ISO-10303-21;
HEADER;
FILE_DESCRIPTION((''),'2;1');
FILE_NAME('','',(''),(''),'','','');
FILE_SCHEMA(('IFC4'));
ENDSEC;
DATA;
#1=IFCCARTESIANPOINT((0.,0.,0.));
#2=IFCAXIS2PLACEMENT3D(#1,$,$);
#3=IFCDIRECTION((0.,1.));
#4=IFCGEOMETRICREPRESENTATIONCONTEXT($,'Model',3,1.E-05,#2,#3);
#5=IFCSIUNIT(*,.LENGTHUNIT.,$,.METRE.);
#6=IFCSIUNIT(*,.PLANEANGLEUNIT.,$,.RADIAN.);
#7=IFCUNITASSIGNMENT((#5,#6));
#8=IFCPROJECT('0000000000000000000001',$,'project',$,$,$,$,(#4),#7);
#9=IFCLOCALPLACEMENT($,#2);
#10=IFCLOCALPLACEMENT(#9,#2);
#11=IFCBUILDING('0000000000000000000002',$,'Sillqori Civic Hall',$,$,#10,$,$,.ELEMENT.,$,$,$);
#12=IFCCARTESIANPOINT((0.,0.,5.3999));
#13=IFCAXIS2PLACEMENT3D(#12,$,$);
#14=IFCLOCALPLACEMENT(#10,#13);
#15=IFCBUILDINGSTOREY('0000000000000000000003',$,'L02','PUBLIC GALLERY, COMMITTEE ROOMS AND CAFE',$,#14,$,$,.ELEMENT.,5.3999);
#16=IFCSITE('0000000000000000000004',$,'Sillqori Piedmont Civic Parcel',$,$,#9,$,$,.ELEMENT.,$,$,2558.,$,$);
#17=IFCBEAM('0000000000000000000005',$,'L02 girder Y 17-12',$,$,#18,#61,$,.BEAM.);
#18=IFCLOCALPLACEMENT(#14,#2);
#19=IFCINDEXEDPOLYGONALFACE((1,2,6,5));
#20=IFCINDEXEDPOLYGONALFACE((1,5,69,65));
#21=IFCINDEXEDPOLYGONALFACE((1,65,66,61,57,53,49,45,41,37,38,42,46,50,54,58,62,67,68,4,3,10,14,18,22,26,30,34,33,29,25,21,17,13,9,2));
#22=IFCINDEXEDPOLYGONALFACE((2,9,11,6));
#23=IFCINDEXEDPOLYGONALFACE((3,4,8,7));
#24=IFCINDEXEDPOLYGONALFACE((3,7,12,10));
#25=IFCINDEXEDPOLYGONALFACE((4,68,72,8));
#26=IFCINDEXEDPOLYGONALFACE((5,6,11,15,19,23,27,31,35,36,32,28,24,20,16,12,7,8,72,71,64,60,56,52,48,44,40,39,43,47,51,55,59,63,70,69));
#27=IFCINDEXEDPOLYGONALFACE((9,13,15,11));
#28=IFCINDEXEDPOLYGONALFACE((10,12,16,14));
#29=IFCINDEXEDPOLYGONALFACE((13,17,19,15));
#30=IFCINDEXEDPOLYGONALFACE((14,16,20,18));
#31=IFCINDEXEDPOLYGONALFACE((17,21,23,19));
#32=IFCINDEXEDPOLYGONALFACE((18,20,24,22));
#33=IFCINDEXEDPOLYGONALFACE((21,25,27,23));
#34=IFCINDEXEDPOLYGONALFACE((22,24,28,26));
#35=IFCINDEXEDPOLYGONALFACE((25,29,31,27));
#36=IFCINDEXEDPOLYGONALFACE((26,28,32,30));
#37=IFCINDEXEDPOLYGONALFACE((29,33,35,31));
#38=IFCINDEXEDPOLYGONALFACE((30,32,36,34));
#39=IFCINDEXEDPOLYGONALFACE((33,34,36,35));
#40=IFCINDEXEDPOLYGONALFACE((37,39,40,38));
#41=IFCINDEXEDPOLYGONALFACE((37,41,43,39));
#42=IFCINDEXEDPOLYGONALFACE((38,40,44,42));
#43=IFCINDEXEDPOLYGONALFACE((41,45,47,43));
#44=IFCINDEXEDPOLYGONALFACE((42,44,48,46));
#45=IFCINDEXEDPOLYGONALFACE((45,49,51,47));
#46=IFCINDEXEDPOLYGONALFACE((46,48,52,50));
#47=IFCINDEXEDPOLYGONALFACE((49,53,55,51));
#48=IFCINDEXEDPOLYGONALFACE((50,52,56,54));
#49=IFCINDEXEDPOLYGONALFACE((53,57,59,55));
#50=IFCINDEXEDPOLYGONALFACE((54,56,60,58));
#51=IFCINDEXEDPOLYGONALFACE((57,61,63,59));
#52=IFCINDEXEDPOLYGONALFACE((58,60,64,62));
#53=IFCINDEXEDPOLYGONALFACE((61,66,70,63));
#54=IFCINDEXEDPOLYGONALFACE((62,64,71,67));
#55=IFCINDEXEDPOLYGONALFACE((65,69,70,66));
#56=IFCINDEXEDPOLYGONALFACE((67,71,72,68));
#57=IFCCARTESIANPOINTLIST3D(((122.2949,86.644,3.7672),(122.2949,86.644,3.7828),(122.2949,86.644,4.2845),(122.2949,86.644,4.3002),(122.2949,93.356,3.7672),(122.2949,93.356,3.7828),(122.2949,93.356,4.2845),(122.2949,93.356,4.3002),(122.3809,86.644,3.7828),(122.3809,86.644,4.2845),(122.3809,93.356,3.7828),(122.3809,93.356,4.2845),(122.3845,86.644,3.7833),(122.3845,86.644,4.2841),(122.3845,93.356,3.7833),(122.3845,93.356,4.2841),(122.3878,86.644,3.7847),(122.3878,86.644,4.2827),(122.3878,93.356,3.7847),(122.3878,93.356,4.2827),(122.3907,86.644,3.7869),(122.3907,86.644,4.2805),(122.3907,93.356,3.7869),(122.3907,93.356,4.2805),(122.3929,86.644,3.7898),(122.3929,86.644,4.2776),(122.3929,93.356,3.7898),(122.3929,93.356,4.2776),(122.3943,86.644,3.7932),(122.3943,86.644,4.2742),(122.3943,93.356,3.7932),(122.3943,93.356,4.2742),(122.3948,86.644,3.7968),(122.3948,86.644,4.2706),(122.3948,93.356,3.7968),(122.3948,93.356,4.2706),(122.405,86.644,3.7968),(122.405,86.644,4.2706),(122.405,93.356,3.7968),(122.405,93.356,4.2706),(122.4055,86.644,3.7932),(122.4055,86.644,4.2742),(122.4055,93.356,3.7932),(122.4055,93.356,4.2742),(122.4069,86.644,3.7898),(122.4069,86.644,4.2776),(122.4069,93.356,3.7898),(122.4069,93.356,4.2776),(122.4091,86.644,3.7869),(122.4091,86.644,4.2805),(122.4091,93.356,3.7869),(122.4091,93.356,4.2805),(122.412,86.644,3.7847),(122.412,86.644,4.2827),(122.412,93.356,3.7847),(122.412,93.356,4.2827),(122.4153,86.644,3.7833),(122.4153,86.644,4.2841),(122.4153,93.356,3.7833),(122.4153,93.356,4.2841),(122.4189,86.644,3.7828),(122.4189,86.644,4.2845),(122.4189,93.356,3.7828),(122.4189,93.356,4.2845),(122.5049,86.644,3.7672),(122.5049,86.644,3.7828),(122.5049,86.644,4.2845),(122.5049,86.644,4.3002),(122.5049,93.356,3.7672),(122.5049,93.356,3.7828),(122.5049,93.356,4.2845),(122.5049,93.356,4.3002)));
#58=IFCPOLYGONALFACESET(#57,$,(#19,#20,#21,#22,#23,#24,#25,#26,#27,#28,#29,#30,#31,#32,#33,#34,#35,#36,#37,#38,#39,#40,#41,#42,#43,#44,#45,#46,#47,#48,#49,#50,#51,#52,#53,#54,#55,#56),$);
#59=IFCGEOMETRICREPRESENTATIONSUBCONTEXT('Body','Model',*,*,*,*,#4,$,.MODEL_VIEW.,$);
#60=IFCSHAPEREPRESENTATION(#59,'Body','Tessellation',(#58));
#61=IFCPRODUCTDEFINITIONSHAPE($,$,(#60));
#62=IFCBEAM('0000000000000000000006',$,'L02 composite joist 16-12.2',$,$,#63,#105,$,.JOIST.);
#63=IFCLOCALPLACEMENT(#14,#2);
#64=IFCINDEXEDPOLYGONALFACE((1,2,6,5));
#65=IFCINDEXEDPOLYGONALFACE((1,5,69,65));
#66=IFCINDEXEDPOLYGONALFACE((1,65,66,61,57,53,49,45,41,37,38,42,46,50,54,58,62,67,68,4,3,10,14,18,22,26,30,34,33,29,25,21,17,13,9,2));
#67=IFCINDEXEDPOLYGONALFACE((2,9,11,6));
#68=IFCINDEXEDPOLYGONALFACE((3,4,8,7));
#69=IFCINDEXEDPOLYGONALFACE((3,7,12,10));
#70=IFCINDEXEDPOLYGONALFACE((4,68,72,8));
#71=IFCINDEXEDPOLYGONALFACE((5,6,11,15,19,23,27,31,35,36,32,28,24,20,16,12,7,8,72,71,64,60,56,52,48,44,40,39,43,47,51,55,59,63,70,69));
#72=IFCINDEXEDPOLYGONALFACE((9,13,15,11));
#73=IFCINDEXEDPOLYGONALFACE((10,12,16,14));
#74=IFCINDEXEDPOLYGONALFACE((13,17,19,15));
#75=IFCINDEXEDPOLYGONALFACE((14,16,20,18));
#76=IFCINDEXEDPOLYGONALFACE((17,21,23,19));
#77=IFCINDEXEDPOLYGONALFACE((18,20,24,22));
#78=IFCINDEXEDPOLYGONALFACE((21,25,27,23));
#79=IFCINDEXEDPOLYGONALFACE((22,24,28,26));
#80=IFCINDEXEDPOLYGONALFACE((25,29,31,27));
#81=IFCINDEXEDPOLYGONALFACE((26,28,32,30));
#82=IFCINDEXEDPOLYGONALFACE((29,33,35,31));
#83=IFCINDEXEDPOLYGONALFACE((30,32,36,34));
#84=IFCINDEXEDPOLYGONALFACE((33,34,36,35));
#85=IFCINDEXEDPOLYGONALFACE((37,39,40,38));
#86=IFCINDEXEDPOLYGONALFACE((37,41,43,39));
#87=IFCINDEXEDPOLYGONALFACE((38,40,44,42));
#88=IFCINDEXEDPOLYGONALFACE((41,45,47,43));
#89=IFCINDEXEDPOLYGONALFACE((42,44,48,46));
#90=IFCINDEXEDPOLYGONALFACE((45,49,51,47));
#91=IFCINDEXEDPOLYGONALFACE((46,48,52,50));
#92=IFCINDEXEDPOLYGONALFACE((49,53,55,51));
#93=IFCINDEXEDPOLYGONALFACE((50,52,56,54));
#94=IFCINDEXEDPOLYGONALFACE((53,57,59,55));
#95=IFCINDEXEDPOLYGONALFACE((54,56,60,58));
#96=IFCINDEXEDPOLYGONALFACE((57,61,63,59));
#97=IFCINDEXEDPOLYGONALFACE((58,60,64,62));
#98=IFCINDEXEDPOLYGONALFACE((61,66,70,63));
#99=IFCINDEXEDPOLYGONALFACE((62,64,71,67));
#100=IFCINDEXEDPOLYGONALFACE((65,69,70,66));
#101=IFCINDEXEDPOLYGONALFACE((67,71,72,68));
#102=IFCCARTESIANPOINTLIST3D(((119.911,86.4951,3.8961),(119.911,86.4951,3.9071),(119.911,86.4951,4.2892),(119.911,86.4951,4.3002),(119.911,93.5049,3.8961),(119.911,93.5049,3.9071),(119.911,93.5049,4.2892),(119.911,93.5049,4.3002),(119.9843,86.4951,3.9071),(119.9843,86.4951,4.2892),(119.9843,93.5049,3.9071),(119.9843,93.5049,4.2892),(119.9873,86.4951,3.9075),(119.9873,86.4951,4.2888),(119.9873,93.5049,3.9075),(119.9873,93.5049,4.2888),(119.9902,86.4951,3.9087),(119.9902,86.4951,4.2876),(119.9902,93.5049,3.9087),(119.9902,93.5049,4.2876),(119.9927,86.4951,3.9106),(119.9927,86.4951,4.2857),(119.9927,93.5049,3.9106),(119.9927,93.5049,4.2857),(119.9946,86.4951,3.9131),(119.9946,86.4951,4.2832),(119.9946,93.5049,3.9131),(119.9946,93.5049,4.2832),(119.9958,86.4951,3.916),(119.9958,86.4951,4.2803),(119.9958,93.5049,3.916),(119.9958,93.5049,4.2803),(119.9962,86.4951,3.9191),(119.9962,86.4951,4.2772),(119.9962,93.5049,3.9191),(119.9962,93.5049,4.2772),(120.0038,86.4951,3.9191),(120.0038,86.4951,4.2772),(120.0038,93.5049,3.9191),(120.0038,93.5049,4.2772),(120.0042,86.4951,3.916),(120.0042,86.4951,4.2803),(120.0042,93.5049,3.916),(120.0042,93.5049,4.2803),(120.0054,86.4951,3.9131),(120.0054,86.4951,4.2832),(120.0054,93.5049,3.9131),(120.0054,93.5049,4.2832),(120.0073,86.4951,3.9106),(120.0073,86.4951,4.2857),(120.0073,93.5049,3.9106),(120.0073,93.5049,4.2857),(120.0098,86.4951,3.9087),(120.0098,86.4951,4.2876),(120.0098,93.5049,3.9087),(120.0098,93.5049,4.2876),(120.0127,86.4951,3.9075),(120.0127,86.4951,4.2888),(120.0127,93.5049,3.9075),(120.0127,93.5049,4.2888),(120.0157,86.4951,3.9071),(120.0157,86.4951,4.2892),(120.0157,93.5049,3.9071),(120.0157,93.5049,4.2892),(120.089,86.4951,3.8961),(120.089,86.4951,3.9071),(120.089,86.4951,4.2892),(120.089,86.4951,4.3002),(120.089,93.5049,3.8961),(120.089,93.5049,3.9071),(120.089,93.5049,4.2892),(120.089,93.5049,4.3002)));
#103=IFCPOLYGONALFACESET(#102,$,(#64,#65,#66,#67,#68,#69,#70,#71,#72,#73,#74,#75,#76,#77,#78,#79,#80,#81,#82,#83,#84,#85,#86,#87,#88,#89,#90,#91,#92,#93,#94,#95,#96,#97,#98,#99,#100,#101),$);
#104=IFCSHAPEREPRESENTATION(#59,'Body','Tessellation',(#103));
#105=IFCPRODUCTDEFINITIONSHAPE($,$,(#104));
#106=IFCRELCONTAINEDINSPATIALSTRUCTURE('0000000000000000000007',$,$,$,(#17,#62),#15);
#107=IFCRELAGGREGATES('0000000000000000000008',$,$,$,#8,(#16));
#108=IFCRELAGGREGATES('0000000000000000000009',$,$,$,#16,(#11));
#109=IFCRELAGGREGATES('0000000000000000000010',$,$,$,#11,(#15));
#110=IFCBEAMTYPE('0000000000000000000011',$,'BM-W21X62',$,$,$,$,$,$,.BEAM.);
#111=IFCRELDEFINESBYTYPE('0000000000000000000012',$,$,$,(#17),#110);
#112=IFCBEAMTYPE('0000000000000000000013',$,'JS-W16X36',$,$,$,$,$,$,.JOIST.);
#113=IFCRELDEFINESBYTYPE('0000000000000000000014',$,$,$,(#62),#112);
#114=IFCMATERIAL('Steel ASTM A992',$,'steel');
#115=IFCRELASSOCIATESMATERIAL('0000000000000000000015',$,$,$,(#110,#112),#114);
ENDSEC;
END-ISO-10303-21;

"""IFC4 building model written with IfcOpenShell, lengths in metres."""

from ifc_helpers import new_model, si_unit, direction, frame, origin, origin_2d, place, context, subcontext, project, spatial, i_section, extrude, material, material_profile, profile_set, type_object, element, save


model = new_model("IFC4")

# Units and contexts
model_context = context("Model", 3, precision=1e-05, world=origin(), true_north=direction((0.0, 1.0)))
body_context = subcontext(model_context, "Body", "Model", "MODEL_VIEW")
ifc_project = project(units=[si_unit("LENGTHUNIT", "METRE"), si_unit("PLANEANGLEUNIT", "RADIAN")], contexts=[model_context])

# Site, building, storey
site_placement = place(None, origin())
site = spatial("IfcSite", under=ifc_project, at=site_placement, Name="Sillqori Piedmont Civic Parcel", CompositionType="ELEMENT", RefElevation=2558.0)
building_placement = place(site_placement, origin())
building = spatial("IfcBuilding", under=site, at=building_placement, Name="Sillqori Civic Hall", CompositionType="ELEMENT")
storey_placement = place(building_placement, frame((0.0, 0.0, 5.3999)))
storey = spatial("IfcBuildingStorey", under=building, at=storey_placement, Name="L02", Description="PUBLIC GALLERY, COMMITTEE ROOMS AND CAFE", CompositionType="ELEMENT", Elevation=5.3999)

# Beams
ifc_material = material(Name="Steel ASTM A992", Category="steel")
ifc_material_profile_1 = material_profile(ifc_material, i_section(OverallWidth=0.21, OverallDepth=0.533, WebThickness=0.0103, FlangeThickness=0.0156, FilletRadius=0.0139, at=origin_2d()), Name="W21X62")
ifc_profile_set_1 = profile_set([ifc_material_profile_1], Name="Steel ASTM A992")
beam_type_1 = type_object("IfcBeamType", Name="BM-W21X62", PredefinedType="BEAM", material=ifc_profile_set_1)
beam_1_placement = place(storey_placement, frame((122.3999, 86.644, 4.0337), z_axis=(0.0, 1.0, 0.0), x_axis=(-1.0, 0.0, 0.0)))
element("IfcBeam", 1, at=beam_1_placement, inside=storey, type_object=beam_type_1, Name="L02 girder Y 17-12", PredefinedType="BEAM", context=body_context, shape_type="SweptSolid", body=[
    extrude(i_section(OverallWidth=0.21, OverallDepth=0.533, WebThickness=0.0103, FlangeThickness=0.0156, FilletRadius=0.0139, at=origin_2d()), origin(), (0.0, 0.0, 1.0), 6.7119),
])
ifc_material_profile_2 = material_profile(ifc_material, i_section(OverallWidth=0.178, OverallDepth=0.4041, WebThickness=0.0076, FlangeThickness=0.011, FilletRadius=0.012, at=origin_2d()), Name="W16X36")
ifc_profile_set_2 = profile_set([ifc_material_profile_2], Name="Steel ASTM A992")
beam_type_2 = type_object("IfcBeamType", Name="JS-W16X36", PredefinedType="JOIST", material=ifc_profile_set_2)
beam_2_placement = place(storey_placement, frame((120.0, 86.4951, 4.0981), z_axis=(0.0, 1.0, 0.0), x_axis=(-1.0, 0.0, 0.0)))
element("IfcBeam", 2, at=beam_2_placement, inside=storey, type_object=beam_type_2, Name="L02 composite joist 16-12.2", PredefinedType="JOIST", context=body_context, shape_type="SweptSolid", body=[
    extrude(i_section(OverallWidth=0.178, OverallDepth=0.4041, WebThickness=0.0076, FlangeThickness=0.011, FilletRadius=0.012, at=origin_2d()), origin(), (0.0, 0.0, 1.0), 7.0098),
])

save(model, "model.ifc")
